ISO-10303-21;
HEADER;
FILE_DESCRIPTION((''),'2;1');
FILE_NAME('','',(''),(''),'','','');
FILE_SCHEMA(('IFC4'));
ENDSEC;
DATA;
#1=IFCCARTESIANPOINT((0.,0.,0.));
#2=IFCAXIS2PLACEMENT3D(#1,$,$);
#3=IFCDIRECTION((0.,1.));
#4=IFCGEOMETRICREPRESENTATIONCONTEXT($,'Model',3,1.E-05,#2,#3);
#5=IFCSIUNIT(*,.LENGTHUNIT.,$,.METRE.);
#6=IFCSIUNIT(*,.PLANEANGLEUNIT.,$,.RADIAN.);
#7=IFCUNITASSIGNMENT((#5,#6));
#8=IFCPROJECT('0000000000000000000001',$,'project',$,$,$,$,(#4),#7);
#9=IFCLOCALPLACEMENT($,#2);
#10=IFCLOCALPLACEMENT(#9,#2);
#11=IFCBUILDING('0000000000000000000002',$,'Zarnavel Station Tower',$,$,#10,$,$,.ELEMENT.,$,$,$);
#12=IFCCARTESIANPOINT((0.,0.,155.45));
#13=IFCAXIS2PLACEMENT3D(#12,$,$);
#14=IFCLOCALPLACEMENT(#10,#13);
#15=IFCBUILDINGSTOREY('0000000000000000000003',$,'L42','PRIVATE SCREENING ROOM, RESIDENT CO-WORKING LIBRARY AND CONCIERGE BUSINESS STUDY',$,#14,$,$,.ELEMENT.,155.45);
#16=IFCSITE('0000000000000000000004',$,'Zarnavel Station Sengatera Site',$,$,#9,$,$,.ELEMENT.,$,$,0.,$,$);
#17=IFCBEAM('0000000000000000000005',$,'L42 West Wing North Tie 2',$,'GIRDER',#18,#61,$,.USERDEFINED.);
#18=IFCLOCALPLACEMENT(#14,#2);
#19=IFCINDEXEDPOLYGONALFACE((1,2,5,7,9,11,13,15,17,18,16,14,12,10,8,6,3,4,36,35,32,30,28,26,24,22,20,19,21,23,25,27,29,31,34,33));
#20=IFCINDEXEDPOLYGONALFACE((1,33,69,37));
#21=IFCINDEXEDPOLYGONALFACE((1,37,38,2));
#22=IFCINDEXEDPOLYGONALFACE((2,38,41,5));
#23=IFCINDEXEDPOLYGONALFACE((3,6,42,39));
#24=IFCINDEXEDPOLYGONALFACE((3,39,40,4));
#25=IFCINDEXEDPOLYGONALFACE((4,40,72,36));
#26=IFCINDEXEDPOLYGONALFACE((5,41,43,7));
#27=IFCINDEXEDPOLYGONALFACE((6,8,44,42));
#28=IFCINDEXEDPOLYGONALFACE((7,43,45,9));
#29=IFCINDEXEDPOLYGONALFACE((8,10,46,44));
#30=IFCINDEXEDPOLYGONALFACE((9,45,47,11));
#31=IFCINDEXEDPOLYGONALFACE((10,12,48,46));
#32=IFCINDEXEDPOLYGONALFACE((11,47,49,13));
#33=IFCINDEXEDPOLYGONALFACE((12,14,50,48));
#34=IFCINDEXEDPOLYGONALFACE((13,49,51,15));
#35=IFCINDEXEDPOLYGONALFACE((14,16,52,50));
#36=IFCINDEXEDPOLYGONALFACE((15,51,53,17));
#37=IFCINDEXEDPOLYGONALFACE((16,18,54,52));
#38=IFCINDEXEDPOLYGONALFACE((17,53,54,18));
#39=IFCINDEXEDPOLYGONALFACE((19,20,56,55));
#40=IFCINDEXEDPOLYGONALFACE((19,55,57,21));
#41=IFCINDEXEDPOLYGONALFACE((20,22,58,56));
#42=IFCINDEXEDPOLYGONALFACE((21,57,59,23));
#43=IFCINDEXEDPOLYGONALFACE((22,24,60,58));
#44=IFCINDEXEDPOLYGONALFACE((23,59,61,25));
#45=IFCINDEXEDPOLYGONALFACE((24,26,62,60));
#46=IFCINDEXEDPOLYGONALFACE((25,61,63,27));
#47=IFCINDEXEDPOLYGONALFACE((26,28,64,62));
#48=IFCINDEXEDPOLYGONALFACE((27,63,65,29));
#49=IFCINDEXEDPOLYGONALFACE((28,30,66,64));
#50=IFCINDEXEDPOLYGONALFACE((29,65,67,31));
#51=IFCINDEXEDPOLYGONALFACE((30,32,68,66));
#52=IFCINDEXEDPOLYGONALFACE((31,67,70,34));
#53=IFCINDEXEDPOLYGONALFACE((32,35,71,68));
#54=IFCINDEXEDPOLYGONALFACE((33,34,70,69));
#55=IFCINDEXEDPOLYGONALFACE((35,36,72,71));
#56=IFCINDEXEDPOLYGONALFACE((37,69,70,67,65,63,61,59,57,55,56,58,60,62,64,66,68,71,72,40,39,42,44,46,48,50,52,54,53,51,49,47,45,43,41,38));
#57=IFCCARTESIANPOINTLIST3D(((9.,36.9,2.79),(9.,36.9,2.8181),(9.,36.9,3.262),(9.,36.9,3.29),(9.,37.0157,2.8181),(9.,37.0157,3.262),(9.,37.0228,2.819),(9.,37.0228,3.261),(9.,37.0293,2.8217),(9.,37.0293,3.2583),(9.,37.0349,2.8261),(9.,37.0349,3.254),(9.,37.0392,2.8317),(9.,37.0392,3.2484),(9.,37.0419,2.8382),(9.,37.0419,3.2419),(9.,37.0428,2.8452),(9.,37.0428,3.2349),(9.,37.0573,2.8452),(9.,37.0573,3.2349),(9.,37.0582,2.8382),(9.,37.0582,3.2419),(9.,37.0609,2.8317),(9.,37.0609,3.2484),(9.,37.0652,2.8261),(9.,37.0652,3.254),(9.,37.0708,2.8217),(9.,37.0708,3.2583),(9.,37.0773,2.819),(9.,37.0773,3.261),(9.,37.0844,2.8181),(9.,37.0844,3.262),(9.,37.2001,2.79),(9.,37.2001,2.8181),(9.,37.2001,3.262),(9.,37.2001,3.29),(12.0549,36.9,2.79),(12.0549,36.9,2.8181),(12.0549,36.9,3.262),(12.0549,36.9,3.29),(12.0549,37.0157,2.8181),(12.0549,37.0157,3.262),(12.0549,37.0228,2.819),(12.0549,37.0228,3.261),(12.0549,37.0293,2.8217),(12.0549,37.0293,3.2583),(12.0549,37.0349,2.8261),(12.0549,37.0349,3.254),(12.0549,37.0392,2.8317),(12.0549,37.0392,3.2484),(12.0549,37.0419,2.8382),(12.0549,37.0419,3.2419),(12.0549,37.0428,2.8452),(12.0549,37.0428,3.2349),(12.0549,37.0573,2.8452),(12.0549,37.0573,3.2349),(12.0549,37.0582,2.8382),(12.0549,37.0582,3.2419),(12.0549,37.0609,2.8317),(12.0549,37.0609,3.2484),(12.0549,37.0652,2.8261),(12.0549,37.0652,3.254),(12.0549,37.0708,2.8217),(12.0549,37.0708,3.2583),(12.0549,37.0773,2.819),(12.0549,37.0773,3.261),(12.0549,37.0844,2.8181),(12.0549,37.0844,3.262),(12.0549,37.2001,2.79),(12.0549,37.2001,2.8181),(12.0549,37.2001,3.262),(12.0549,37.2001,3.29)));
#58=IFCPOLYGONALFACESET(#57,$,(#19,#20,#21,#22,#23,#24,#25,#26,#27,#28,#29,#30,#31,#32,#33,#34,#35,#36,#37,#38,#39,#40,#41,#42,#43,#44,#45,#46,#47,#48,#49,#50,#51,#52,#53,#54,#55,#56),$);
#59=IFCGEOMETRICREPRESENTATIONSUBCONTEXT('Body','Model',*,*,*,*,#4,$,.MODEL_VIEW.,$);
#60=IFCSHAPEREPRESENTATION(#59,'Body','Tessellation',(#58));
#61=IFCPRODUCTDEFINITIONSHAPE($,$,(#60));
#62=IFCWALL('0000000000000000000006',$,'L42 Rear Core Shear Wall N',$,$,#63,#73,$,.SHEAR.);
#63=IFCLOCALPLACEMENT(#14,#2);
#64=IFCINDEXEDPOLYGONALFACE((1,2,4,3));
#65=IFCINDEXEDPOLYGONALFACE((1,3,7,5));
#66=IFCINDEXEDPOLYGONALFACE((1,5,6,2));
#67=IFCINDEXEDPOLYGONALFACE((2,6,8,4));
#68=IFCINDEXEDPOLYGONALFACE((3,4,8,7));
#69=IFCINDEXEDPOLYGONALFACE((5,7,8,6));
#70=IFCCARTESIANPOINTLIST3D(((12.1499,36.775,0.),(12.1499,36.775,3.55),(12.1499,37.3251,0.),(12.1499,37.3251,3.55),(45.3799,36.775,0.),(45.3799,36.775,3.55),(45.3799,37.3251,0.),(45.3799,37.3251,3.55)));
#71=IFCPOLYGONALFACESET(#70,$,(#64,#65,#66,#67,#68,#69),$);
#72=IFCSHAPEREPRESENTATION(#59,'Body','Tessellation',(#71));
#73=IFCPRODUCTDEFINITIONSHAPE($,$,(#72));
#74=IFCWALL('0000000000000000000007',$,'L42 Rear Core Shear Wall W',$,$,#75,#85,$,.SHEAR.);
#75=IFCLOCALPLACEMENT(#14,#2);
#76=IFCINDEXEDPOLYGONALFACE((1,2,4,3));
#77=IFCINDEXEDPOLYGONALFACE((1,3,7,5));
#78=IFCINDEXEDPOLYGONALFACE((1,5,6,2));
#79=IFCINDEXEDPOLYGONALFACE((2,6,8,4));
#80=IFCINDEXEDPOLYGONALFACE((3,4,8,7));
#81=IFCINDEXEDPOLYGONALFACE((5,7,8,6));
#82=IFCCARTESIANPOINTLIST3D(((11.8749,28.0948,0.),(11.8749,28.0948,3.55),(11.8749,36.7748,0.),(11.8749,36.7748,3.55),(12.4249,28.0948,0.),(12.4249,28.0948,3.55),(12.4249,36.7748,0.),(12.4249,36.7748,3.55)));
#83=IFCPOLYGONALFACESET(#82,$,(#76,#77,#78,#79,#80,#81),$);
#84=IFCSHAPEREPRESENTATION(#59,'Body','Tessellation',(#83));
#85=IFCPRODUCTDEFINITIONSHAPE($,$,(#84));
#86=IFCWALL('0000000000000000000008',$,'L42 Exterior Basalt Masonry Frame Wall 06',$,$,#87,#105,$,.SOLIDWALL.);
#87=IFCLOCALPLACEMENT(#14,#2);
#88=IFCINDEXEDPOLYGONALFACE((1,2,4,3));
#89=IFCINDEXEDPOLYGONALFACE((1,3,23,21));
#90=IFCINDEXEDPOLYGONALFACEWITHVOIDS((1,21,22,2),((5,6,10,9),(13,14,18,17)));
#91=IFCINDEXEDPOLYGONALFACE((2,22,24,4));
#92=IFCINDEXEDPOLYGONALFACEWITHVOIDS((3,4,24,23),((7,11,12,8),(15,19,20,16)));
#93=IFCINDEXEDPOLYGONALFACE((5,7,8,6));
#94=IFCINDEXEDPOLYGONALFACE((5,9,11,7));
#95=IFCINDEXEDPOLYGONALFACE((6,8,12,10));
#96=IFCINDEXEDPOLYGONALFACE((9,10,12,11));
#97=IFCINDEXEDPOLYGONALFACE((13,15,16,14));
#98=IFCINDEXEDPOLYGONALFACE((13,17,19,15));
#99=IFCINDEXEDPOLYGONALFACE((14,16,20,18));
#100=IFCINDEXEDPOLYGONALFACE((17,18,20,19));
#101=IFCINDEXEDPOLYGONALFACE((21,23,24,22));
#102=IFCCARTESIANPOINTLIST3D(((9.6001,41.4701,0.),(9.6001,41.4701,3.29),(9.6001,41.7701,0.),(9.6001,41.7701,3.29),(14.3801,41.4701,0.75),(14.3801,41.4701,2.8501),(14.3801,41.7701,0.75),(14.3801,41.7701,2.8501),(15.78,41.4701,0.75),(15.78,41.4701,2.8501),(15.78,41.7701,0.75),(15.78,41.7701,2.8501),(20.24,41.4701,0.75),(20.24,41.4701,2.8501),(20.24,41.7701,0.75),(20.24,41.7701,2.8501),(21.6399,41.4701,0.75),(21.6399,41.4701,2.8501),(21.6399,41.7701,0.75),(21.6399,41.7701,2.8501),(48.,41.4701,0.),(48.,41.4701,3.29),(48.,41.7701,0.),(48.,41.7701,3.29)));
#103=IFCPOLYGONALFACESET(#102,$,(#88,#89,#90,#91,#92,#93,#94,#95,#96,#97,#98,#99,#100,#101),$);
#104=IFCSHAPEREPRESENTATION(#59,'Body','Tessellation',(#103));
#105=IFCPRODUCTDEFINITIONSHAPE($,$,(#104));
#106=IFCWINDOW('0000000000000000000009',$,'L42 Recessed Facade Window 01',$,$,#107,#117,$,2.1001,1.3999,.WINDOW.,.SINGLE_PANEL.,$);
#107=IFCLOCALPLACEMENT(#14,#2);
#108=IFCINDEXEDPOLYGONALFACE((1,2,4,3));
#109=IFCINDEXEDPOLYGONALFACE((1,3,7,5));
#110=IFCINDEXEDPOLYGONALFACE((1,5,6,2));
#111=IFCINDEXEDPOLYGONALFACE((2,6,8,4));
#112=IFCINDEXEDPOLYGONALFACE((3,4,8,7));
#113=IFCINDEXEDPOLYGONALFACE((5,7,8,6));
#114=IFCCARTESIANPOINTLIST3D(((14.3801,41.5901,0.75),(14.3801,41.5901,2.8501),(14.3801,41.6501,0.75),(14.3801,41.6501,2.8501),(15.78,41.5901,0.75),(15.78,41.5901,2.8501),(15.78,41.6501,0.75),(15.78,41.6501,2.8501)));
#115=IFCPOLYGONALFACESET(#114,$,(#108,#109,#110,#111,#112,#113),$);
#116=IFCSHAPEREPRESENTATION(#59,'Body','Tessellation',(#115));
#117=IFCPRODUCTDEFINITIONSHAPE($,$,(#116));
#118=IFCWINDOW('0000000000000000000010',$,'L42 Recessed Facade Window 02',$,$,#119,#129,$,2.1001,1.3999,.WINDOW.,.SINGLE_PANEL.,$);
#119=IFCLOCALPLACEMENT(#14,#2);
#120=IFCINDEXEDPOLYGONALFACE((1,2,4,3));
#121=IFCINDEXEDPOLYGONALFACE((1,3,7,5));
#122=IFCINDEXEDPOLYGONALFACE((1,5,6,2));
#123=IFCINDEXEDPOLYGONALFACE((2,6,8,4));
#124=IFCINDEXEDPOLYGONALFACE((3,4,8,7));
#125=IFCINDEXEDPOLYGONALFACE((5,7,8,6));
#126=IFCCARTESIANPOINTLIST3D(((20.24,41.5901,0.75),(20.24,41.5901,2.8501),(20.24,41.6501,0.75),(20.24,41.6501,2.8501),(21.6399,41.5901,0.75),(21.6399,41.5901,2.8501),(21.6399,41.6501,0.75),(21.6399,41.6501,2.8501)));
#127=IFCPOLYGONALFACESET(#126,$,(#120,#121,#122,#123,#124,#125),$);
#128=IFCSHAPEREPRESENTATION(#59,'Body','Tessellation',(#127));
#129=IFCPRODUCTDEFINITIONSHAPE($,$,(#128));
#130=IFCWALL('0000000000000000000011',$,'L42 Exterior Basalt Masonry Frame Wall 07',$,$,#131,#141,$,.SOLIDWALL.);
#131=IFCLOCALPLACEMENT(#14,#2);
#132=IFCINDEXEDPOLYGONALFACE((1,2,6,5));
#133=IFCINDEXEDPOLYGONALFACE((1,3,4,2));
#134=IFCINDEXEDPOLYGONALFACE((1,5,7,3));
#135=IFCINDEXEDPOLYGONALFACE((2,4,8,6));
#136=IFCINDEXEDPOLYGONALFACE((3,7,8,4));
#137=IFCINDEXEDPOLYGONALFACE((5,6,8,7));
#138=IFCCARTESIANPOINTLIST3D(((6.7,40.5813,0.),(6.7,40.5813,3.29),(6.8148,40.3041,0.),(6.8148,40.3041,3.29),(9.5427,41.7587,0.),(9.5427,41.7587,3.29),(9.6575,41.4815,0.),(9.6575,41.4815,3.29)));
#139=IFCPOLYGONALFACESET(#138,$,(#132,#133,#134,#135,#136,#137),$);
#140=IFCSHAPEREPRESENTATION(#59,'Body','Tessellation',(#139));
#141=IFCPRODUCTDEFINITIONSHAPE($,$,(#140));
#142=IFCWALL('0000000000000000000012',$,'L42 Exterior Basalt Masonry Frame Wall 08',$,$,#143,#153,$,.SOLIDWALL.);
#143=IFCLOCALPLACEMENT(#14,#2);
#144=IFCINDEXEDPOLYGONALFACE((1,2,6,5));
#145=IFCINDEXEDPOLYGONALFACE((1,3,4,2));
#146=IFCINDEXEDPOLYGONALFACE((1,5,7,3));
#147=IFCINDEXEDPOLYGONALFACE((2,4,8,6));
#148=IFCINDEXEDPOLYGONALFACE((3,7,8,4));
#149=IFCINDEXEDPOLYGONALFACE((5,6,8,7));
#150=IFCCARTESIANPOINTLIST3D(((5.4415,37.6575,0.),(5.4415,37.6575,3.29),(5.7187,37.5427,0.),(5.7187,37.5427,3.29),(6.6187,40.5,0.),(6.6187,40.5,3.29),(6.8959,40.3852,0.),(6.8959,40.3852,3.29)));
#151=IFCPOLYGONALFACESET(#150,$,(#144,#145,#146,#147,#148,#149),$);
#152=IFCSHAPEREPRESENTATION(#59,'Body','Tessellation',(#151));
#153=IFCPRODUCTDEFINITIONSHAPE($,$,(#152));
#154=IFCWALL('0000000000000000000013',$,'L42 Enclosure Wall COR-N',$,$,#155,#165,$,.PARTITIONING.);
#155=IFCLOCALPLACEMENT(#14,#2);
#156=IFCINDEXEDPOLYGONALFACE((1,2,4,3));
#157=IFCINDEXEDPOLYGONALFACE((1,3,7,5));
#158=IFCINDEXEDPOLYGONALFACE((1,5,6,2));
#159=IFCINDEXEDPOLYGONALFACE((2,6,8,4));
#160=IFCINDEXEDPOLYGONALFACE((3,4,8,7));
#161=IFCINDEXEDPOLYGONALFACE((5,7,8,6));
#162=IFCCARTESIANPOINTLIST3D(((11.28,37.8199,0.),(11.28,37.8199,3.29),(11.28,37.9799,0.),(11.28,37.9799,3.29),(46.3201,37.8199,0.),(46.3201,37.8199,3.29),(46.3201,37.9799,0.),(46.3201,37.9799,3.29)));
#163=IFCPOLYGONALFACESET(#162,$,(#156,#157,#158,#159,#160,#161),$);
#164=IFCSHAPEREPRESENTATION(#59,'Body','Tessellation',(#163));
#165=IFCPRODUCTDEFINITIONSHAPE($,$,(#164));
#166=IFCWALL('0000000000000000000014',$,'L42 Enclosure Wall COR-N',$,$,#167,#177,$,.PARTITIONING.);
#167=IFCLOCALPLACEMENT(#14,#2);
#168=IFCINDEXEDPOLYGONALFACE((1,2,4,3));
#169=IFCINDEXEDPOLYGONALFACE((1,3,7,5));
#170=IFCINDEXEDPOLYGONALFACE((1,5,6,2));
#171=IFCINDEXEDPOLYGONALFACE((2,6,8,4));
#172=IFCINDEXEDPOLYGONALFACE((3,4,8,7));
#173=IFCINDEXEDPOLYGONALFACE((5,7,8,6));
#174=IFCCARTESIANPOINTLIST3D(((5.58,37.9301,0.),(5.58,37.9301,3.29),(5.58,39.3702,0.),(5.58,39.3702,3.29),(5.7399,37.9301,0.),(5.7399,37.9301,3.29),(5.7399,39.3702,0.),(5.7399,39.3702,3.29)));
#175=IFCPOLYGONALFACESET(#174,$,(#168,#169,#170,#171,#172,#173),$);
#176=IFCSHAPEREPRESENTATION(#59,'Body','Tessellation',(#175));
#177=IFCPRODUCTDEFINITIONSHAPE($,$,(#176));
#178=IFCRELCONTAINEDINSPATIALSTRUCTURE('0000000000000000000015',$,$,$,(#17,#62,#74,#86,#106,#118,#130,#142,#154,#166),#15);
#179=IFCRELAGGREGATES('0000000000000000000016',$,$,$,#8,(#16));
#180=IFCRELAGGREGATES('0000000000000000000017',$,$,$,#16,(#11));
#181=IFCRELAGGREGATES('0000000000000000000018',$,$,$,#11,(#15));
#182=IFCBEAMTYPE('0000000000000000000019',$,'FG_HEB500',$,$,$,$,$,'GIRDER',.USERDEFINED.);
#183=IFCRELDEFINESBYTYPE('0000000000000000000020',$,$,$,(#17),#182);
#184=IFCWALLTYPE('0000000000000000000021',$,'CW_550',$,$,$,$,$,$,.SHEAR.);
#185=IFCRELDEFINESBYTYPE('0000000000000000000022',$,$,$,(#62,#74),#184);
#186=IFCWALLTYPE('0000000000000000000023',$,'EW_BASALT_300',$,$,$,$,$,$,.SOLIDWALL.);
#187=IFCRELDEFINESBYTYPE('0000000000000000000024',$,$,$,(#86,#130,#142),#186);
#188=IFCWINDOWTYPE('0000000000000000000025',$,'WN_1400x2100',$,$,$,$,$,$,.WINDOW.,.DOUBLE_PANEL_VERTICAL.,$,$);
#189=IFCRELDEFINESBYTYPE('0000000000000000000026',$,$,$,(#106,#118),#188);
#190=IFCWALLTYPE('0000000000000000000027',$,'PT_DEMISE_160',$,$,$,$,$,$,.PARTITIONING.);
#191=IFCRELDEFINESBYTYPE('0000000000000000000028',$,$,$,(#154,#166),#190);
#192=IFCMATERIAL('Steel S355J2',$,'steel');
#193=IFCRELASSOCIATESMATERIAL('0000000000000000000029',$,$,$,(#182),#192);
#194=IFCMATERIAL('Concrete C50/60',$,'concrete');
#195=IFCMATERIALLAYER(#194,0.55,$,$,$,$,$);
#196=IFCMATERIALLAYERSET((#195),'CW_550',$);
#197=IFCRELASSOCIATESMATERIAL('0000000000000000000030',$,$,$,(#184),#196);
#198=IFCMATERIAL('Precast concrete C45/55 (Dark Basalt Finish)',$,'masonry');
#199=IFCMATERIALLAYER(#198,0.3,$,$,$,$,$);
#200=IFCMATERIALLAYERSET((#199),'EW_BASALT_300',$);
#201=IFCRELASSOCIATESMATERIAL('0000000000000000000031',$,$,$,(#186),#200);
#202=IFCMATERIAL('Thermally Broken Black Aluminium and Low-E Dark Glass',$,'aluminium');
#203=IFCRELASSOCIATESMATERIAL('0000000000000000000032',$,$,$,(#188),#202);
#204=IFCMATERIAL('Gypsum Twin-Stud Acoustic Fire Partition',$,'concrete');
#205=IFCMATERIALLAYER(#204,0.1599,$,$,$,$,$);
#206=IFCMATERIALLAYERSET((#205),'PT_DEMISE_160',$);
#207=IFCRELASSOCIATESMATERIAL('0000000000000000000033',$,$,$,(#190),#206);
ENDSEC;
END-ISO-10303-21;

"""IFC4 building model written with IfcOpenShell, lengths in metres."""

from ifc_helpers import new_model, si_unit, direction, frame, frame_2d, origin, origin_2d, place, context, subcontext, project, spatial, rectangle, i_section, extrude, material, layer, layer_set, material_profile, profile_set, type_object, element, fill, save


model = new_model("IFC4")

# Units and contexts
model_context = context("Model", 3, precision=1e-05, world=origin(), true_north=direction((0.0, 1.0)))
body_context = subcontext(model_context, "Body", "Model", "MODEL_VIEW")
ifc_project = project(units=[si_unit("LENGTHUNIT", "METRE"), si_unit("PLANEANGLEUNIT", "RADIAN")], contexts=[model_context])

# Site, building, storey
site_placement = place(None, origin())
site = spatial("IfcSite", under=ifc_project, at=site_placement, Name="Zarnavel Station Sengatera Site", CompositionType="ELEMENT", RefElevation=0.0)
building_placement = place(site_placement, origin())
building = spatial("IfcBuilding", under=site, at=building_placement, Name="Zarnavel Station Tower", CompositionType="ELEMENT")
storey_placement = place(building_placement, frame((0.0, 0.0, 155.45)))
storey = spatial("IfcBuildingStorey", under=building, at=storey_placement, Name="L42", Description="PRIVATE SCREENING ROOM, RESIDENT CO-WORKING LIBRARY AND CONCIERGE BUSINESS STUDY", CompositionType="ELEMENT", Elevation=155.45)

# Beam
ifc_material_1 = material(Name="Steel S355J2", Category="steel")
ifc_material_profile_1 = material_profile(ifc_material_1, i_section(OverallWidth=0.3, OverallDepth=0.5, WebThickness=0.0144, FlangeThickness=0.0281, FilletRadius=0.0271, at=origin_2d()), Name="HEB500")
ifc_profile_set_1 = profile_set([ifc_material_profile_1], Name="Steel S355J2")
beam_type = type_object("IfcBeamType", Name="FG_HEB500", ElementType="GIRDER", PredefinedType="USERDEFINED", material=ifc_profile_set_1)
beam_1_placement = place(storey_placement, frame((9.0, 37.05, 3.04), z_axis=(1.0, 0.0, 0.0), x_axis=(0.0, 1.0, 0.0)))
element("IfcBeam", 1, at=beam_1_placement, inside=storey, type_object=beam_type, Name="L42 West Wing North Tie 2", ObjectType="GIRDER", PredefinedType="USERDEFINED", context=body_context, shape_type="SweptSolid", body=[
    extrude(i_section(OverallWidth=0.3, OverallDepth=0.5, WebThickness=0.0144, FlangeThickness=0.0281, FilletRadius=0.0271, at=origin_2d()), origin(), (0.0, 0.0, 1.0), 3.0549),
])

# Walls
ifc_material_2 = material(Name="Concrete C50/60", Category="concrete")
ifc_layer_1 = layer(ifc_material_2, 0.55)
ifc_layer_set_1 = layer_set([ifc_layer_1], Name="CW_550")
wall_type_1 = type_object("IfcWallType", Name="CW_550", PredefinedType="SHEAR", material=ifc_layer_set_1)
wall_1_placement = place(storey_placement, frame((12.1499, 37.05, 0.0), z_axis=(0.0, 0.0, 1.0), x_axis=(1.0, 0.0, 0.0)))
element("IfcWall", 2, at=wall_1_placement, inside=storey, type_object=wall_type_1, Name="L42 Rear Core Shear Wall N", PredefinedType="SHEAR", context=body_context, shape_type="SweptSolid", body=[
    extrude(rectangle(XDim=33.23, YDim=0.55, at=frame_2d((16.615, 0.0))), origin(), (0.0, 0.0, 1.0), 3.55),
])
wall_2_placement = place(storey_placement, frame((12.1499, 28.095, 0.0), z_axis=(0.0, 0.0, 1.0), x_axis=(0.0, 1.0, 0.0)))
element("IfcWall", 3, at=wall_2_placement, inside=storey, type_object=wall_type_1, Name="L42 Rear Core Shear Wall W", PredefinedType="SHEAR", context=body_context, shape_type="SweptSolid", body=[
    extrude(rectangle(XDim=8.6799, YDim=0.55, at=frame_2d((4.3398, 0.0))), origin(), (0.0, 0.0, 1.0), 3.55),
])

# Wall, openings, windows
ifc_material_3 = material(Name="Precast concrete C45/55 (Dark Basalt Finish)", Category="masonry")
ifc_layer_2 = layer(ifc_material_3, 0.3)
ifc_layer_set_2 = layer_set([ifc_layer_2], Name="EW_BASALT_300")
wall_type_2 = type_object("IfcWallType", Name="EW_BASALT_300", PredefinedType="SOLIDWALL", material=ifc_layer_set_2)
wall_3_placement = place(storey_placement, frame((9.6001, 41.6201, 0.0), z_axis=(0.0, 0.0, 1.0), x_axis=(1.0, 0.0, 0.0)))
wall_3 = element("IfcWall", 4, at=wall_3_placement, inside=storey, type_object=wall_type_2, Name="L42 Exterior Basalt Masonry Frame Wall 06", PredefinedType="SOLIDWALL", context=body_context, shape_type="SweptSolid", body=[
    extrude(rectangle(XDim=38.3999, YDim=0.3, at=frame_2d((19.2, 0.0))), origin(), (0.0, 0.0, 1.0), 3.29),
])
opening_1_placement = place(wall_3_placement, frame((4.78, 0.0, 0.75)))
opening_1 = element("IfcOpeningElement", 5, at=opening_1_placement, cuts=wall_3, PredefinedType="OPENING", context=body_context, shape_type="SweptSolid", body=[
    extrude(rectangle(XDim=1.3999, YDim=2.1001, at=frame_2d((0.7, 1.05))), frame((0.0, 0.1599, 0.0), z_axis=(0.0, -1.0, 0.0), x_axis=(1.0, 0.0, 0.0)), (0.0, 0.0, 1.0), 0.3201),
])
opening_2_placement = place(wall_3_placement, frame((10.6399, 0.0, 0.75)))
opening_2 = element("IfcOpeningElement", 6, at=opening_2_placement, cuts=wall_3, PredefinedType="OPENING", context=body_context, shape_type="SweptSolid", body=[
    extrude(rectangle(XDim=1.3999, YDim=2.1001, at=frame_2d((0.7, 1.05))), frame((0.0, 0.1599, 0.0), z_axis=(0.0, -1.0, 0.0), x_axis=(1.0, 0.0, 0.0)), (0.0, 0.0, 1.0), 0.3201),
])
ifc_material_4 = material(Name="Thermally Broken Black Aluminium and Low-E Dark Glass", Category="aluminium")
window_type = type_object("IfcWindowType", Name="WN_1400x2100", PartitioningType="DOUBLE_PANEL_VERTICAL", PredefinedType="WINDOW", material=ifc_material_4)
window_1_placement = place(opening_1_placement, origin())
window_1 = element("IfcWindow", 7, at=window_1_placement, inside=storey, type_object=window_type, Name="L42 Recessed Facade Window 01", OverallHeight=2.1001, OverallWidth=1.3999, PartitioningType="SINGLE_PANEL", PredefinedType="WINDOW", context=body_context, shape_type="SweptSolid", body=[
    extrude(rectangle(XDim=1.3999, YDim=2.1001, at=frame_2d((0.7, 1.05))), frame((0.0, 0.03, 0.0), z_axis=(0.0, -1.0, 0.0), x_axis=(1.0, 0.0, 0.0)), (0.0, 0.0, 1.0), 0.0601),
])
fill(opening_1, window_1)
window_2_placement = place(opening_2_placement, origin())
window_2 = element("IfcWindow", 8, at=window_2_placement, inside=storey, type_object=window_type, Name="L42 Recessed Facade Window 02", OverallHeight=2.1001, OverallWidth=1.3999, PartitioningType="SINGLE_PANEL", PredefinedType="WINDOW", context=body_context, shape_type="SweptSolid", body=[
    extrude(rectangle(XDim=1.3999, YDim=2.1001, at=frame_2d((0.7, 1.05))), frame((0.0, 0.03, 0.0), z_axis=(0.0, -1.0, 0.0), x_axis=(1.0, 0.0, 0.0)), (0.0, 0.0, 1.0), 0.0601),
])
fill(opening_2, window_2)

# Walls
wall_4_placement = place(storey_placement, frame((6.7573, 40.4426, 0.0), z_axis=(0.0, 0.0, 1.0), x_axis=(0.923882, 0.382676, 0.0)))
element("IfcWall", 9, at=wall_4_placement, inside=storey, type_object=wall_type_2, Name="L42 Exterior Basalt Masonry Frame Wall 07", PredefinedType="SOLIDWALL", context=body_context, shape_type="SweptSolid", body=[
    extrude(rectangle(XDim=3.0769, YDim=0.3, at=frame_2d((1.5386, 0.0))), origin(), (0.0, 0.0, 1.0), 3.29),
])
wall_5_placement = place(storey_placement, frame((5.5801, 37.6001, 0.0), z_axis=(0.0, 0.0, 1.0), x_axis=(0.382637, 0.923899, 0.0)))
element("IfcWall", 10, at=wall_5_placement, inside=storey, type_object=wall_type_2, Name="L42 Exterior Basalt Masonry Frame Wall 08", PredefinedType="SOLIDWALL", context=body_context, shape_type="SweptSolid", body=[
    extrude(rectangle(XDim=3.0767, YDim=0.3, at=frame_2d((1.5383, 0.0))), origin(), (0.0, 0.0, 1.0), 3.29),
])
ifc_material_5 = material(Name="Gypsum Twin-Stud Acoustic Fire Partition", Category="concrete")
ifc_layer_3 = layer(ifc_material_5, 0.1599)
ifc_layer_set_3 = layer_set([ifc_layer_3], Name="PT_DEMISE_160")
wall_type_3 = type_object("IfcWallType", Name="PT_DEMISE_160", PredefinedType="PARTITIONING", material=ifc_layer_set_3)
wall_6_placement = place(storey_placement, frame((11.28, 37.8999, 0.0), z_axis=(0.0, 0.0, 1.0), x_axis=(1.0, 0.0, 0.0)))
element("IfcWall", 11, at=wall_6_placement, inside=storey, type_object=wall_type_3, Name="L42 Enclosure Wall COR-N", PredefinedType="PARTITIONING", context=body_context, shape_type="SweptSolid", body=[
    extrude(rectangle(XDim=35.04, YDim=0.1599, at=frame_2d((17.52, 0.0))), origin(), (0.0, 0.0, 1.0), 3.29),
])
wall_7_placement = place(storey_placement, frame((5.6599, 37.9299, 0.0), z_axis=(0.0, 0.0, 1.0), x_axis=(0.0, 1.0, 0.0)))
element("IfcWall", 12, at=wall_7_placement, inside=storey, type_object=wall_type_3, Name="L42 Enclosure Wall COR-N", PredefinedType="PARTITIONING", context=body_context, shape_type="SweptSolid", body=[
    extrude(rectangle(XDim=1.4402, YDim=0.1599, at=frame_2d((0.7202, 0.0))), origin(), (0.0, 0.0, 1.0), 3.29),
])

save(model, "model.ifc")
